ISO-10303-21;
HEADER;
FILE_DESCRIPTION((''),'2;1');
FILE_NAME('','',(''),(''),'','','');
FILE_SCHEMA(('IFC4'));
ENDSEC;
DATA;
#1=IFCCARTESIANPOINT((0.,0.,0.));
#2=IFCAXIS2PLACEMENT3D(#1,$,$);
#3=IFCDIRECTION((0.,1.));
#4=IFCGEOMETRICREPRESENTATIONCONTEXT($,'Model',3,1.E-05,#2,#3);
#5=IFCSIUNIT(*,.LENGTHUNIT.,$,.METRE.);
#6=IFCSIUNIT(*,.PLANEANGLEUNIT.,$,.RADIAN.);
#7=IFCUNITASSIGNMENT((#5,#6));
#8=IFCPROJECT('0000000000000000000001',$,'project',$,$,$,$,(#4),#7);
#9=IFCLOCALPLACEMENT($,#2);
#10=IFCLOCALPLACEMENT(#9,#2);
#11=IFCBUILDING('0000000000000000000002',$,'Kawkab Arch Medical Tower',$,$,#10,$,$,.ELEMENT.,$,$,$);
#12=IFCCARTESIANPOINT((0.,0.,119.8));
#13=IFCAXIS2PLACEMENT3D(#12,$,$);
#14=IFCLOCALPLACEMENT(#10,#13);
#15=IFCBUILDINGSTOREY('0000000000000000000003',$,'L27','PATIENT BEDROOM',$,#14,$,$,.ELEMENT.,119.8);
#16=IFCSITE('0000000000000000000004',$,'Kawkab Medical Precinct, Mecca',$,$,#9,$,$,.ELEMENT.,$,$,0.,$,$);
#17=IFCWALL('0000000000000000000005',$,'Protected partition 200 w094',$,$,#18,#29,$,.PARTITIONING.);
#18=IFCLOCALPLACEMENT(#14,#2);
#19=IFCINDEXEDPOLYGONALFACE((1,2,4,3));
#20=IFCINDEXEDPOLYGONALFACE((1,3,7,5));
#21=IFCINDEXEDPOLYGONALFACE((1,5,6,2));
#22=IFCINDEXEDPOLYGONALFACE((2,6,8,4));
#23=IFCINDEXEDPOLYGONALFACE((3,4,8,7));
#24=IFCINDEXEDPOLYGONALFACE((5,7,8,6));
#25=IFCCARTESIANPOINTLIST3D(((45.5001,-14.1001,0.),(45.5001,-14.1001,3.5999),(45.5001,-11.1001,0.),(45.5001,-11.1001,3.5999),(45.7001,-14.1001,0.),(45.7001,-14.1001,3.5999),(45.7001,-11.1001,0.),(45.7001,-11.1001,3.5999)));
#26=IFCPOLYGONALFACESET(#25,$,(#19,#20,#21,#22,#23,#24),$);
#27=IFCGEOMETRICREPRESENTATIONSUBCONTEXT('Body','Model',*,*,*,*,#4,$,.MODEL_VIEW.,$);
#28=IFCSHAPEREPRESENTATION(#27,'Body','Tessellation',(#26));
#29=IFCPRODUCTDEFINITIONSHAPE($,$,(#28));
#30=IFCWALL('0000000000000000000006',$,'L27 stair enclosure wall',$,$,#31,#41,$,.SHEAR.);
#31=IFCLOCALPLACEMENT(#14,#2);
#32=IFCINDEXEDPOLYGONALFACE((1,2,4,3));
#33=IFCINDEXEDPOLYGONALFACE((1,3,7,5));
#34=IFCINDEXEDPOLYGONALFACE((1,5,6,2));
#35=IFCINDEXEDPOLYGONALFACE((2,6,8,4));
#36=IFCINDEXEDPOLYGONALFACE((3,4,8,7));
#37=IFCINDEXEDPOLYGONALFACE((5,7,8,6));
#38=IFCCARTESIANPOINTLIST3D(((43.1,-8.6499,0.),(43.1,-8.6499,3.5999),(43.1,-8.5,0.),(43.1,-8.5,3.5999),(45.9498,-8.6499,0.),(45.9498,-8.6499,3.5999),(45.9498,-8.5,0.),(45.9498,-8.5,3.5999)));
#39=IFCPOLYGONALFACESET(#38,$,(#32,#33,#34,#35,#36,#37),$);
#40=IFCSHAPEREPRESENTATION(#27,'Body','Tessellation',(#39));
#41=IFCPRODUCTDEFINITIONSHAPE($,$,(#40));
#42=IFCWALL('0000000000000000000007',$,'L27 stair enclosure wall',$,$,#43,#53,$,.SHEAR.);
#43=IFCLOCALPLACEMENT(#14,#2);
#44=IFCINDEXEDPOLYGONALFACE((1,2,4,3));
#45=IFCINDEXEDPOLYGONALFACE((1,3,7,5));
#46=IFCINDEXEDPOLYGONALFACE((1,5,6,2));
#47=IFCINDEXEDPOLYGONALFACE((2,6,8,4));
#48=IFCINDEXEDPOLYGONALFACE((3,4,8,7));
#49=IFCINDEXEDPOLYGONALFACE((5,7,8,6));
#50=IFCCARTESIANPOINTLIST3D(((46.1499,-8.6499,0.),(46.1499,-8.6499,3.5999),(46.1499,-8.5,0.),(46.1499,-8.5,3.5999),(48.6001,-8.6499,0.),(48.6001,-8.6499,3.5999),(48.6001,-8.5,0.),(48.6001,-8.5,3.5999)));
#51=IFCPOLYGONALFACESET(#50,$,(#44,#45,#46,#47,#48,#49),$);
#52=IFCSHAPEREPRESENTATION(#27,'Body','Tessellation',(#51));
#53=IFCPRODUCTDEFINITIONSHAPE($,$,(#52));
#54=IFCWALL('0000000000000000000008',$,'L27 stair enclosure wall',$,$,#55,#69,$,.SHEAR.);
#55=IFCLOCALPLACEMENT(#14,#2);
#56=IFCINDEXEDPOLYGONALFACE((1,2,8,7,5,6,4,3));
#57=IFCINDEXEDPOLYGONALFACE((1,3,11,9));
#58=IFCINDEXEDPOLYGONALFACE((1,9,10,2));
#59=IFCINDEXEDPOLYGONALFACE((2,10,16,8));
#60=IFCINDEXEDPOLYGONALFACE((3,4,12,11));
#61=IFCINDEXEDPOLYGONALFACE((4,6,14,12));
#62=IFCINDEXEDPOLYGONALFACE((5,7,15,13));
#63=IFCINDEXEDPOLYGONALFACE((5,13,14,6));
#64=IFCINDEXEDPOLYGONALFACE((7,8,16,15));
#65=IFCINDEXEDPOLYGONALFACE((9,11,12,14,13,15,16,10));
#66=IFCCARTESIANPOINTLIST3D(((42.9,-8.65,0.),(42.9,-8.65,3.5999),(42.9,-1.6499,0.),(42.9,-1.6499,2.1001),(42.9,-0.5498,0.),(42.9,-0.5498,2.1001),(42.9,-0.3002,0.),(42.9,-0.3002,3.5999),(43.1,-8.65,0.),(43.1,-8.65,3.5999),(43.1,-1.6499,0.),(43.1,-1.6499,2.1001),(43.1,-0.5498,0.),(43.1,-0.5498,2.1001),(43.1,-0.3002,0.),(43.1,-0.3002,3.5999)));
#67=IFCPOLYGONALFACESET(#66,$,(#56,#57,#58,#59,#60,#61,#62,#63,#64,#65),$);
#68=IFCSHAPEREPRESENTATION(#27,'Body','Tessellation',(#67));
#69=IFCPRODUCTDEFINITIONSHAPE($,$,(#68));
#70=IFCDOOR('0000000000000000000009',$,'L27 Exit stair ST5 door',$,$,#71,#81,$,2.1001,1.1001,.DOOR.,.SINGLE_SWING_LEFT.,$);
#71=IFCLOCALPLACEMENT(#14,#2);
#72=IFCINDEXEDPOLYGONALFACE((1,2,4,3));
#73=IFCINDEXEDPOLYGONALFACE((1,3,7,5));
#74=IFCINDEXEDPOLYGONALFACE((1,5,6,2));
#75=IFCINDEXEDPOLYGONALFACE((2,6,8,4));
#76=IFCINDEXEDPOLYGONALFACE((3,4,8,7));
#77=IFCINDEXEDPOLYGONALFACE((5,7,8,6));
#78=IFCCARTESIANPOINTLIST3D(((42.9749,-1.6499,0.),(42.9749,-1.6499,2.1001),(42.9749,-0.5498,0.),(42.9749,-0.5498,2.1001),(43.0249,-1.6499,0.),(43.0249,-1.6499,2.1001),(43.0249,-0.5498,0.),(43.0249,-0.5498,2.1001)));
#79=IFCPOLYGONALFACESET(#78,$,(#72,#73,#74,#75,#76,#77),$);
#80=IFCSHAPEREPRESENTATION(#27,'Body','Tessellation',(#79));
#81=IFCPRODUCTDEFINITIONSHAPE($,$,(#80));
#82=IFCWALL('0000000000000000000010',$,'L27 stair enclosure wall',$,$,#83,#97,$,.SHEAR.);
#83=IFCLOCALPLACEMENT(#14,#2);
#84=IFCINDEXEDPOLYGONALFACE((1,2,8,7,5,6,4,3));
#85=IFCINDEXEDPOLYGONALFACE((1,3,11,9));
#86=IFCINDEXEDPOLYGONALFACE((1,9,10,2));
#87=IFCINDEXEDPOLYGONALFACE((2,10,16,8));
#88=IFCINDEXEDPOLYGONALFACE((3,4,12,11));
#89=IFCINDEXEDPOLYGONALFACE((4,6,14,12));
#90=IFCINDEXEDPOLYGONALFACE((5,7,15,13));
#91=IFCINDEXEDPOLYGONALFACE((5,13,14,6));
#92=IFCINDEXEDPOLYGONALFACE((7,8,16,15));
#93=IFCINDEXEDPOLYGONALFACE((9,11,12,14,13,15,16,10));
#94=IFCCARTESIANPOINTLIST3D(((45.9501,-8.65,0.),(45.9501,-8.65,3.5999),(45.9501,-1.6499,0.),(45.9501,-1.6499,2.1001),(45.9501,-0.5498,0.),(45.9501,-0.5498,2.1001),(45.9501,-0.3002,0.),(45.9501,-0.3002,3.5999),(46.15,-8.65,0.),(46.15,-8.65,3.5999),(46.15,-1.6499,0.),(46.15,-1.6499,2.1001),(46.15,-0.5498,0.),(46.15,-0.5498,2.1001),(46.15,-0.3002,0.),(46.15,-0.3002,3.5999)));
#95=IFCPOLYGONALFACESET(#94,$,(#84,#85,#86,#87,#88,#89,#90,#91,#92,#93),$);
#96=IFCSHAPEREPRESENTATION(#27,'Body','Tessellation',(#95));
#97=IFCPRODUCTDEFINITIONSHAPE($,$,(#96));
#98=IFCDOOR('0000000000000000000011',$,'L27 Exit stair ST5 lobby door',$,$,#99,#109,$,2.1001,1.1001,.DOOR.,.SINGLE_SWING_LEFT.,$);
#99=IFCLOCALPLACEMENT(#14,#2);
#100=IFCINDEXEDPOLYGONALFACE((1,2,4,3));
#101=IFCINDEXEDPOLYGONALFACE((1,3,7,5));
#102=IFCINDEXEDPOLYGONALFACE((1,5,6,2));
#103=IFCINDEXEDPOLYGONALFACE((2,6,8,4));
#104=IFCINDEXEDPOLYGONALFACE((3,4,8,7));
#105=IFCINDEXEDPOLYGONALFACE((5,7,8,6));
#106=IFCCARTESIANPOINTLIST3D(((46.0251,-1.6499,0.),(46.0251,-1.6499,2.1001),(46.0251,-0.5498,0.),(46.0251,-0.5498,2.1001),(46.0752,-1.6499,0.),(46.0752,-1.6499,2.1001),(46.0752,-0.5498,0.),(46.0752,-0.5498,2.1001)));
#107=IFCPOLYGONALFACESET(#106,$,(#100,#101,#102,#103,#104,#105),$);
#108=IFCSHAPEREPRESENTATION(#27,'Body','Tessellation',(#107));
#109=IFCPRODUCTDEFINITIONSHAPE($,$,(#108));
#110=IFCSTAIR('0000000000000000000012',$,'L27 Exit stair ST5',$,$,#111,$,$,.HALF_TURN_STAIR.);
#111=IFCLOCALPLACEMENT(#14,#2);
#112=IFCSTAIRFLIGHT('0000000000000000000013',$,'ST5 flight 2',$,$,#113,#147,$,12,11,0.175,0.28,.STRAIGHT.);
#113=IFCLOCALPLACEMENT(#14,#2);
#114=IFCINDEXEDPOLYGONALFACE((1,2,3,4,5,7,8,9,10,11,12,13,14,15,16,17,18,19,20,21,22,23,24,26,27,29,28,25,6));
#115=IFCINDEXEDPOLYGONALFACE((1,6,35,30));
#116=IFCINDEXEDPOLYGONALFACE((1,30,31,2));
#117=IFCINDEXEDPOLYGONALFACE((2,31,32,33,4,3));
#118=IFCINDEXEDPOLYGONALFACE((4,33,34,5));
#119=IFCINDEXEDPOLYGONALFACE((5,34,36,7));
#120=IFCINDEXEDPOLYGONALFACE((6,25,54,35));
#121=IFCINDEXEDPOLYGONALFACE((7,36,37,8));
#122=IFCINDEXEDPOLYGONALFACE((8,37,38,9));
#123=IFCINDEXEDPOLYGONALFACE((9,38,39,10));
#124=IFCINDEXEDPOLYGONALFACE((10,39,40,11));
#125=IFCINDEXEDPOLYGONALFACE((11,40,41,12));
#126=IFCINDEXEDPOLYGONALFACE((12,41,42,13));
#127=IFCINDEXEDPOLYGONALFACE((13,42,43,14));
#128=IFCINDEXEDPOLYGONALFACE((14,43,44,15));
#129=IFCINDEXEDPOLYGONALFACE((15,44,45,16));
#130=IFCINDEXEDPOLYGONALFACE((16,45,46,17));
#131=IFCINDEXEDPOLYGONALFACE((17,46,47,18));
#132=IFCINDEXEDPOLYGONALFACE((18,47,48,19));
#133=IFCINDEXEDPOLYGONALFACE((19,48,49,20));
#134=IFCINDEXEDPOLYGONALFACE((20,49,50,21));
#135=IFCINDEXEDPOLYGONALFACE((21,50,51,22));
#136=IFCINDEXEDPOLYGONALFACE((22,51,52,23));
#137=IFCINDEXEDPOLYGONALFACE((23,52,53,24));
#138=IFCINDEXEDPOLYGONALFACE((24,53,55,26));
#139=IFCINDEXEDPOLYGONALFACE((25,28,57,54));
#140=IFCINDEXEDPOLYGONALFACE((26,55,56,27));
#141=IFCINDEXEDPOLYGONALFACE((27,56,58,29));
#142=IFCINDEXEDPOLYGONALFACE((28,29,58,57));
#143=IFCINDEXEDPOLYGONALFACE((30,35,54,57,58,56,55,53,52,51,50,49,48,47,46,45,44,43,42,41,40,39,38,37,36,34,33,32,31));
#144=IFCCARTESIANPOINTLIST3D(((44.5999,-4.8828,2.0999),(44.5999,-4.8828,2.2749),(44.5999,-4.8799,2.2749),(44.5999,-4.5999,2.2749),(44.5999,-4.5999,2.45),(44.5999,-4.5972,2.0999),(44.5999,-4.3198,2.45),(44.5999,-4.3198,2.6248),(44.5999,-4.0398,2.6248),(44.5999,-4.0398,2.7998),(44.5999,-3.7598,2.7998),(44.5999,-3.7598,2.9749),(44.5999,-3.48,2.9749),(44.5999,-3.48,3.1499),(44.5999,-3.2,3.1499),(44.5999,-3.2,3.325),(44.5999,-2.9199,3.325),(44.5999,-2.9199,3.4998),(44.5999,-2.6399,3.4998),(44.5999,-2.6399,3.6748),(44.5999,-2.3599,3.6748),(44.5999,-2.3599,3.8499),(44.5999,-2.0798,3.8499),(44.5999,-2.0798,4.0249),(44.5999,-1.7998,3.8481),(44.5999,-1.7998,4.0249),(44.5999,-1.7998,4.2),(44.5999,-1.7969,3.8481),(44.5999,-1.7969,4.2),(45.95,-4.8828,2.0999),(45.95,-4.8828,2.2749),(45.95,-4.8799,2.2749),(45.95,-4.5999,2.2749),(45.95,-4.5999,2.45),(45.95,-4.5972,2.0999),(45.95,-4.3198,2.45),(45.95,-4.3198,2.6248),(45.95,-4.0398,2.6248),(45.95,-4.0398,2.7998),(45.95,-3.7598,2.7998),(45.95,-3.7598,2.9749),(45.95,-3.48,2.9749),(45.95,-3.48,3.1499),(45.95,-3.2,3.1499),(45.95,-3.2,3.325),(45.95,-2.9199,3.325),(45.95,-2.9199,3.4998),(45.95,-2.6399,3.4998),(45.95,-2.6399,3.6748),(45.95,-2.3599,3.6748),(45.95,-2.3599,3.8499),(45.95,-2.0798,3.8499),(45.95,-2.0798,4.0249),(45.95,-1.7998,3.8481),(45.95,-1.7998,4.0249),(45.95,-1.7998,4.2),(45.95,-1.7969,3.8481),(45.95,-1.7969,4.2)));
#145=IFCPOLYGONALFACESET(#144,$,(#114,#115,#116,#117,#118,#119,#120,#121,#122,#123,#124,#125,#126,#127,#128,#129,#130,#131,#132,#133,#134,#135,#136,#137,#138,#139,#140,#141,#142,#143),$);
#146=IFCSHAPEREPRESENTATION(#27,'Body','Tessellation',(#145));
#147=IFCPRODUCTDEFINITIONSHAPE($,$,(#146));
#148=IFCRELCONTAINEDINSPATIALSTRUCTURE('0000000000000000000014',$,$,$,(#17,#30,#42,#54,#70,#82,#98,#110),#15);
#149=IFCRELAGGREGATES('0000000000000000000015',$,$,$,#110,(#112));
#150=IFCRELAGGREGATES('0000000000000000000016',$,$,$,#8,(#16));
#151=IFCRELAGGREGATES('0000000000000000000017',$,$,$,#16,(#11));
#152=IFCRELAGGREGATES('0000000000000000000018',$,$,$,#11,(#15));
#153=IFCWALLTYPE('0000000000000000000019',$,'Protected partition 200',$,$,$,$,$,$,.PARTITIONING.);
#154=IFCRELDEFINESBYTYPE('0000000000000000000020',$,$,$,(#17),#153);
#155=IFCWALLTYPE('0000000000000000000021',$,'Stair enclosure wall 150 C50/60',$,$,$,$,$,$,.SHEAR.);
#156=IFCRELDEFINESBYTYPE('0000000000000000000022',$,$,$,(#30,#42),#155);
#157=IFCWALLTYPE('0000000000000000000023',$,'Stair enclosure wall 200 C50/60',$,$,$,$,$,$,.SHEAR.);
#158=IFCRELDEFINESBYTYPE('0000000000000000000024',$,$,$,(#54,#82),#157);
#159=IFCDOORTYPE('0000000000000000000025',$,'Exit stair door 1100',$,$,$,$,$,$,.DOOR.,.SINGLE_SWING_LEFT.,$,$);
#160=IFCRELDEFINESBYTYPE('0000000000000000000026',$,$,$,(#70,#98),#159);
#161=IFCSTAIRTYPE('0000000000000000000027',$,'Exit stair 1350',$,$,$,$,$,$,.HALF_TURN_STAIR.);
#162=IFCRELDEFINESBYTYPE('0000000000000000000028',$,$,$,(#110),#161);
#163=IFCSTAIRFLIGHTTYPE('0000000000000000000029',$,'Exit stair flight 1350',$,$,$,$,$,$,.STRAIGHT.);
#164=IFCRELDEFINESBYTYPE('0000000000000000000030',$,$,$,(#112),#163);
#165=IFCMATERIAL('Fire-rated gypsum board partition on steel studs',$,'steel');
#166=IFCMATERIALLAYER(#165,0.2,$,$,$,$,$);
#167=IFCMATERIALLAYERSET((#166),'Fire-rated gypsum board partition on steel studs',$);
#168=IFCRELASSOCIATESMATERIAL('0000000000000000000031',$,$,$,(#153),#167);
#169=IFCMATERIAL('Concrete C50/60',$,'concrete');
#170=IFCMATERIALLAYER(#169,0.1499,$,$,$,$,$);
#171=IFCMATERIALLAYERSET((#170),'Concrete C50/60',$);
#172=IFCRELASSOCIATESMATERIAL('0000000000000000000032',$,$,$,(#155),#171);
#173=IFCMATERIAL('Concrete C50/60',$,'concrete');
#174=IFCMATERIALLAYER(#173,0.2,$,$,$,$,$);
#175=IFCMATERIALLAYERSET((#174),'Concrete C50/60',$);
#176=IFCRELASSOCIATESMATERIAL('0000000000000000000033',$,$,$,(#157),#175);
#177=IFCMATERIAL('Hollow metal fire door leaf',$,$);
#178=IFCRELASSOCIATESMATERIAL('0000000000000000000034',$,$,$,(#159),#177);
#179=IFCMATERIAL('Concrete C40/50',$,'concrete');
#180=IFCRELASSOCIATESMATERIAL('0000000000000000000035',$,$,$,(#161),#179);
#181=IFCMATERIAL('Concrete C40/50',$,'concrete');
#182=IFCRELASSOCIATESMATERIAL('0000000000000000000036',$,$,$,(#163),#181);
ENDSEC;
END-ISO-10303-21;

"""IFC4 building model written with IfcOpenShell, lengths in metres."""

from ifc_helpers import new_model, si_unit, direction, frame, frame_2d, origin, place, context, subcontext, project, spatial, polyline, rectangle, outline, extrude, material, layer, layer_set, type_object, element, fill, aggregate, save


model = new_model("IFC4")

# Units and contexts
model_context = context("Model", 3, precision=1e-05, world=origin(), true_north=direction((0.0, 1.0)))
body_context = subcontext(model_context, "Body", "Model", "MODEL_VIEW")
ifc_project = project(units=[si_unit("LENGTHUNIT", "METRE"), si_unit("PLANEANGLEUNIT", "RADIAN")], contexts=[model_context])

# Site, building, storey
site_placement = place(None, origin())
site = spatial("IfcSite", under=ifc_project, at=site_placement, Name="Kawkab Medical Precinct, Mecca", CompositionType="ELEMENT", RefElevation=0.0)
building_placement = place(site_placement, origin())
building = spatial("IfcBuilding", under=site, at=building_placement, Name="Kawkab Arch Medical Tower", CompositionType="ELEMENT")
storey_placement = place(building_placement, frame((0.0, 0.0, 119.8)))
storey = spatial("IfcBuildingStorey", under=building, at=storey_placement, Name="L27", Description="PATIENT BEDROOM", CompositionType="ELEMENT", Elevation=119.8)

# Shared definitions
ifc_material_1 = material(Name="Fire-rated gypsum board partition on steel studs", Category="steel")
ifc_layer_1 = layer(ifc_material_1, 0.2)
ifc_layer_set_1 = layer_set([ifc_layer_1], Name="Fire-rated gypsum board partition on steel studs")
wall_type_1 = type_object("IfcWallType", Name="Protected partition 200", PredefinedType="PARTITIONING", material=ifc_layer_set_1)

# Walls
for number, where, z_axis, x_axis, name in (
    (1, (45.6001, -14.1001, 0.0), (0.0, 0.0, 1.0), (0.0, 1.0, 0.0), "Protected partition 200 w094"),
):
    element("IfcWall", number, at=place(storey_placement, frame(where, z_axis=z_axis, x_axis=x_axis)), inside=storey, type_object=wall_type_1, Name=name, PredefinedType="PARTITIONING", context=body_context, shape_type="SweptSolid", body=[
        extrude(rectangle(XDim=3.0, YDim=0.2, at=frame_2d((1.5, 0.0))), origin(), (0.0, 0.0, 1.0), 3.5999),
    ])
ifc_material_2 = material(Name="Concrete C50/60", Category="concrete")
ifc_layer_2 = layer(ifc_material_2, 0.1499)
ifc_layer_set_2 = layer_set([ifc_layer_2], Name="Concrete C50/60")
wall_type_2 = type_object("IfcWallType", Name="Stair enclosure wall 150 C50/60", PredefinedType="SHEAR", material=ifc_layer_set_2)
wall_1_placement = place(storey_placement, frame((43.1001, -8.575, 0.0), z_axis=(0.0, 0.0, 1.0), x_axis=(1.0, 0.0, 0.0)))
element("IfcWall", 2, at=wall_1_placement, inside=storey, type_object=wall_type_2, Name="L27 stair enclosure wall", PredefinedType="SHEAR", context=body_context, shape_type="SweptSolid", body=[
    extrude(rectangle(XDim=2.8499, YDim=0.1499, at=frame_2d((1.4248, 0.0))), origin(), (0.0, 0.0, 1.0), 3.5999),
])
wall_2_placement = place(storey_placement, frame((46.1499, -8.575, 0.0), z_axis=(0.0, 0.0, 1.0), x_axis=(1.0, 0.0, 0.0)))
element("IfcWall", 3, at=wall_2_placement, inside=storey, type_object=wall_type_2, Name="L27 stair enclosure wall", PredefinedType="SHEAR", context=body_context, shape_type="SweptSolid", body=[
    extrude(rectangle(XDim=2.4502, YDim=0.1499, at=frame_2d((1.2251, 0.0))), origin(), (0.0, 0.0, 1.0), 3.5999),
])

# Walls, openings, doors
ifc_material_3 = material(Name="Concrete C50/60", Category="concrete")
ifc_layer_3 = layer(ifc_material_3, 0.2)
ifc_layer_set_3 = layer_set([ifc_layer_3], Name="Concrete C50/60")
wall_type_3 = type_object("IfcWallType", Name="Stair enclosure wall 200 C50/60", PredefinedType="SHEAR", material=ifc_layer_set_3)
wall_3_placement = place(storey_placement, frame((43.0, -8.6499, 0.0), z_axis=(0.0, 0.0, 1.0), x_axis=(0.0, 1.0, 0.0)))
wall_3 = element("IfcWall", 4, at=wall_3_placement, inside=storey, type_object=wall_type_3, Name="L27 stair enclosure wall", PredefinedType="SHEAR", context=body_context, shape_type="SweptSolid", body=[
    extrude(rectangle(XDim=8.3499, YDim=0.2, at=frame_2d((4.1748, 0.0))), origin(), (0.0, 0.0, 1.0), 3.5999),
])
opening_1_placement = place(wall_3_placement, frame((7.0, 0.0, 0.0)))
opening_1 = element("IfcOpeningElement", 5, at=opening_1_placement, cuts=wall_3, PredefinedType="OPENING", context=body_context, shape_type="SweptSolid", body=[
    extrude(rectangle(XDim=1.1001, YDim=2.1001, at=frame_2d((0.55, 1.05))), frame((0.0, 0.1099, 0.0), z_axis=(0.0, -1.0, 0.0), x_axis=(1.0, 0.0, 0.0)), (0.0, 0.0, 1.0), 0.22),
])
ifc_material_4 = material(Name="Hollow metal fire door leaf")
door_type_1 = type_object("IfcDoorType", Name="Exit stair door 1100", OperationType="SINGLE_SWING_LEFT", PredefinedType="DOOR", material=ifc_material_4)
door_1_placement = place(opening_1_placement, frame((1.1001, 0.0, 0.0), z_axis=(0.0, 0.0, 1.0), x_axis=(-1.0, 0.0, 0.0)))
door_1 = element("IfcDoor", 6, at=door_1_placement, inside=storey, type_object=door_type_1, Name="L27 Exit stair ST5 door", OperationType="SINGLE_SWING_LEFT", OverallHeight=2.1001, OverallWidth=1.1001, PredefinedType="DOOR", context=body_context, shape_type="SweptSolid", body=[
    extrude(rectangle(XDim=1.1001, YDim=2.1001, at=frame_2d((0.55, 1.05))), frame((0.0, 0.0249, 0.0), z_axis=(0.0, -1.0, 0.0), x_axis=(1.0, 0.0, 0.0)), (0.0, 0.0, 1.0), 0.05),
])
fill(opening_1, door_1)
wall_4_placement = place(storey_placement, frame((46.05, -8.6499, 0.0), z_axis=(0.0, 0.0, 1.0), x_axis=(0.0, 1.0, 0.0)))
wall_4 = element("IfcWall", 7, at=wall_4_placement, inside=storey, type_object=wall_type_3, Name="L27 stair enclosure wall", PredefinedType="SHEAR", context=body_context, shape_type="SweptSolid", body=[
    extrude(rectangle(XDim=8.3499, YDim=0.2, at=frame_2d((4.1748, 0.0))), origin(), (0.0, 0.0, 1.0), 3.5999),
])
opening_2_placement = place(wall_4_placement, frame((7.0, 0.0, 0.0)))
opening_2 = element("IfcOpeningElement", 8, at=opening_2_placement, cuts=wall_4, PredefinedType="OPENING", context=body_context, shape_type="SweptSolid", body=[
    extrude(rectangle(XDim=1.1001, YDim=2.1001, at=frame_2d((0.55, 1.05))), frame((0.0, 0.1099, 0.0), z_axis=(0.0, -1.0, 0.0), x_axis=(1.0, 0.0, 0.0)), (0.0, 0.0, 1.0), 0.22),
])
door_2_placement = place(opening_2_placement, origin())
door_2 = element("IfcDoor", 9, at=door_2_placement, inside=storey, type_object=door_type_1, Name="L27 Exit stair ST5 lobby door", OperationType="SINGLE_SWING_LEFT", OverallHeight=2.1001, OverallWidth=1.1001, PredefinedType="DOOR", context=body_context, shape_type="SweptSolid", body=[
    extrude(rectangle(XDim=1.1001, YDim=2.1001, at=frame_2d((0.55, 1.05))), frame((0.0, 0.0249, 0.0), z_axis=(0.0, -1.0, 0.0), x_axis=(1.0, 0.0, 0.0)), (0.0, 0.0, 1.0), 0.05),
])
fill(opening_2, door_2)

# Stair, stair flight
ifc_material_5 = material(Name="Concrete C40/50", Category="concrete")
stair_type = type_object("IfcStairType", Name="Exit stair 1350", PredefinedType="HALF_TURN_STAIR", material=ifc_material_5)
stair_placement = place(storey_placement, origin())
stair = element("IfcStair", 10, at=stair_placement, inside=storey, type_object=stair_type, Name="L27 Exit stair ST5", PredefinedType="HALF_TURN_STAIR")
ifc_material_6 = material(Name="Concrete C40/50", Category="concrete")
stair_flight_type = type_object("IfcStairFlightType", Name="Exit stair flight 1350", PredefinedType="STRAIGHT", material=ifc_material_6)
stair_flight_placement = place(storey_placement, frame((45.2749, -4.8799, 2.0999), z_axis=(0.0, 0.0, 1.0), x_axis=(0.0, 1.0, 0.0)))
stair_flight = element("IfcStairFlight", 11, at=stair_flight_placement, type_object=stair_flight_type, Name="ST5 flight 2", NumberOfRisers=12, NumberOfTreads=11, PredefinedType="STRAIGHT", RiserHeight=0.175, TreadLength=0.28, context=body_context, shape_type="SweptSolid", body=[
    extrude(outline(polyline([(-0.0029, 0.0), (-0.0029, 0.175), (0.0, 0.175), (0.28, 0.175), (0.28, 0.3501), (0.5601, 0.3501), (0.5601, 0.5249), (0.8401, 0.5249), (0.8401, 0.7), (1.1201, 0.7), (1.1201, 0.875), (1.3999, 0.875), (1.3999, 1.05), (1.6799, 1.05), (1.6799, 1.2251), (1.96, 1.2251), (1.96, 1.3999), (2.24, 1.3999), (2.24, 1.575), (2.52, 1.575), (2.52, 1.75), (2.8, 1.75), (2.8, 1.925), (3.0801, 1.925), (3.0801, 2.1001), (3.083, 2.1001), (3.083, 1.7483), (3.0801, 1.7483), (0.2827, 0.0), (-0.0029, 0.0)])), frame((0.0, 0.675, 0.0), z_axis=(0.0, -1.0, 0.0), x_axis=(1.0, 0.0, 0.0)), (0.0, 0.0, 1.0), 1.3501),
])
aggregate(stair, [stair_flight])

save(model, "model.ifc")
